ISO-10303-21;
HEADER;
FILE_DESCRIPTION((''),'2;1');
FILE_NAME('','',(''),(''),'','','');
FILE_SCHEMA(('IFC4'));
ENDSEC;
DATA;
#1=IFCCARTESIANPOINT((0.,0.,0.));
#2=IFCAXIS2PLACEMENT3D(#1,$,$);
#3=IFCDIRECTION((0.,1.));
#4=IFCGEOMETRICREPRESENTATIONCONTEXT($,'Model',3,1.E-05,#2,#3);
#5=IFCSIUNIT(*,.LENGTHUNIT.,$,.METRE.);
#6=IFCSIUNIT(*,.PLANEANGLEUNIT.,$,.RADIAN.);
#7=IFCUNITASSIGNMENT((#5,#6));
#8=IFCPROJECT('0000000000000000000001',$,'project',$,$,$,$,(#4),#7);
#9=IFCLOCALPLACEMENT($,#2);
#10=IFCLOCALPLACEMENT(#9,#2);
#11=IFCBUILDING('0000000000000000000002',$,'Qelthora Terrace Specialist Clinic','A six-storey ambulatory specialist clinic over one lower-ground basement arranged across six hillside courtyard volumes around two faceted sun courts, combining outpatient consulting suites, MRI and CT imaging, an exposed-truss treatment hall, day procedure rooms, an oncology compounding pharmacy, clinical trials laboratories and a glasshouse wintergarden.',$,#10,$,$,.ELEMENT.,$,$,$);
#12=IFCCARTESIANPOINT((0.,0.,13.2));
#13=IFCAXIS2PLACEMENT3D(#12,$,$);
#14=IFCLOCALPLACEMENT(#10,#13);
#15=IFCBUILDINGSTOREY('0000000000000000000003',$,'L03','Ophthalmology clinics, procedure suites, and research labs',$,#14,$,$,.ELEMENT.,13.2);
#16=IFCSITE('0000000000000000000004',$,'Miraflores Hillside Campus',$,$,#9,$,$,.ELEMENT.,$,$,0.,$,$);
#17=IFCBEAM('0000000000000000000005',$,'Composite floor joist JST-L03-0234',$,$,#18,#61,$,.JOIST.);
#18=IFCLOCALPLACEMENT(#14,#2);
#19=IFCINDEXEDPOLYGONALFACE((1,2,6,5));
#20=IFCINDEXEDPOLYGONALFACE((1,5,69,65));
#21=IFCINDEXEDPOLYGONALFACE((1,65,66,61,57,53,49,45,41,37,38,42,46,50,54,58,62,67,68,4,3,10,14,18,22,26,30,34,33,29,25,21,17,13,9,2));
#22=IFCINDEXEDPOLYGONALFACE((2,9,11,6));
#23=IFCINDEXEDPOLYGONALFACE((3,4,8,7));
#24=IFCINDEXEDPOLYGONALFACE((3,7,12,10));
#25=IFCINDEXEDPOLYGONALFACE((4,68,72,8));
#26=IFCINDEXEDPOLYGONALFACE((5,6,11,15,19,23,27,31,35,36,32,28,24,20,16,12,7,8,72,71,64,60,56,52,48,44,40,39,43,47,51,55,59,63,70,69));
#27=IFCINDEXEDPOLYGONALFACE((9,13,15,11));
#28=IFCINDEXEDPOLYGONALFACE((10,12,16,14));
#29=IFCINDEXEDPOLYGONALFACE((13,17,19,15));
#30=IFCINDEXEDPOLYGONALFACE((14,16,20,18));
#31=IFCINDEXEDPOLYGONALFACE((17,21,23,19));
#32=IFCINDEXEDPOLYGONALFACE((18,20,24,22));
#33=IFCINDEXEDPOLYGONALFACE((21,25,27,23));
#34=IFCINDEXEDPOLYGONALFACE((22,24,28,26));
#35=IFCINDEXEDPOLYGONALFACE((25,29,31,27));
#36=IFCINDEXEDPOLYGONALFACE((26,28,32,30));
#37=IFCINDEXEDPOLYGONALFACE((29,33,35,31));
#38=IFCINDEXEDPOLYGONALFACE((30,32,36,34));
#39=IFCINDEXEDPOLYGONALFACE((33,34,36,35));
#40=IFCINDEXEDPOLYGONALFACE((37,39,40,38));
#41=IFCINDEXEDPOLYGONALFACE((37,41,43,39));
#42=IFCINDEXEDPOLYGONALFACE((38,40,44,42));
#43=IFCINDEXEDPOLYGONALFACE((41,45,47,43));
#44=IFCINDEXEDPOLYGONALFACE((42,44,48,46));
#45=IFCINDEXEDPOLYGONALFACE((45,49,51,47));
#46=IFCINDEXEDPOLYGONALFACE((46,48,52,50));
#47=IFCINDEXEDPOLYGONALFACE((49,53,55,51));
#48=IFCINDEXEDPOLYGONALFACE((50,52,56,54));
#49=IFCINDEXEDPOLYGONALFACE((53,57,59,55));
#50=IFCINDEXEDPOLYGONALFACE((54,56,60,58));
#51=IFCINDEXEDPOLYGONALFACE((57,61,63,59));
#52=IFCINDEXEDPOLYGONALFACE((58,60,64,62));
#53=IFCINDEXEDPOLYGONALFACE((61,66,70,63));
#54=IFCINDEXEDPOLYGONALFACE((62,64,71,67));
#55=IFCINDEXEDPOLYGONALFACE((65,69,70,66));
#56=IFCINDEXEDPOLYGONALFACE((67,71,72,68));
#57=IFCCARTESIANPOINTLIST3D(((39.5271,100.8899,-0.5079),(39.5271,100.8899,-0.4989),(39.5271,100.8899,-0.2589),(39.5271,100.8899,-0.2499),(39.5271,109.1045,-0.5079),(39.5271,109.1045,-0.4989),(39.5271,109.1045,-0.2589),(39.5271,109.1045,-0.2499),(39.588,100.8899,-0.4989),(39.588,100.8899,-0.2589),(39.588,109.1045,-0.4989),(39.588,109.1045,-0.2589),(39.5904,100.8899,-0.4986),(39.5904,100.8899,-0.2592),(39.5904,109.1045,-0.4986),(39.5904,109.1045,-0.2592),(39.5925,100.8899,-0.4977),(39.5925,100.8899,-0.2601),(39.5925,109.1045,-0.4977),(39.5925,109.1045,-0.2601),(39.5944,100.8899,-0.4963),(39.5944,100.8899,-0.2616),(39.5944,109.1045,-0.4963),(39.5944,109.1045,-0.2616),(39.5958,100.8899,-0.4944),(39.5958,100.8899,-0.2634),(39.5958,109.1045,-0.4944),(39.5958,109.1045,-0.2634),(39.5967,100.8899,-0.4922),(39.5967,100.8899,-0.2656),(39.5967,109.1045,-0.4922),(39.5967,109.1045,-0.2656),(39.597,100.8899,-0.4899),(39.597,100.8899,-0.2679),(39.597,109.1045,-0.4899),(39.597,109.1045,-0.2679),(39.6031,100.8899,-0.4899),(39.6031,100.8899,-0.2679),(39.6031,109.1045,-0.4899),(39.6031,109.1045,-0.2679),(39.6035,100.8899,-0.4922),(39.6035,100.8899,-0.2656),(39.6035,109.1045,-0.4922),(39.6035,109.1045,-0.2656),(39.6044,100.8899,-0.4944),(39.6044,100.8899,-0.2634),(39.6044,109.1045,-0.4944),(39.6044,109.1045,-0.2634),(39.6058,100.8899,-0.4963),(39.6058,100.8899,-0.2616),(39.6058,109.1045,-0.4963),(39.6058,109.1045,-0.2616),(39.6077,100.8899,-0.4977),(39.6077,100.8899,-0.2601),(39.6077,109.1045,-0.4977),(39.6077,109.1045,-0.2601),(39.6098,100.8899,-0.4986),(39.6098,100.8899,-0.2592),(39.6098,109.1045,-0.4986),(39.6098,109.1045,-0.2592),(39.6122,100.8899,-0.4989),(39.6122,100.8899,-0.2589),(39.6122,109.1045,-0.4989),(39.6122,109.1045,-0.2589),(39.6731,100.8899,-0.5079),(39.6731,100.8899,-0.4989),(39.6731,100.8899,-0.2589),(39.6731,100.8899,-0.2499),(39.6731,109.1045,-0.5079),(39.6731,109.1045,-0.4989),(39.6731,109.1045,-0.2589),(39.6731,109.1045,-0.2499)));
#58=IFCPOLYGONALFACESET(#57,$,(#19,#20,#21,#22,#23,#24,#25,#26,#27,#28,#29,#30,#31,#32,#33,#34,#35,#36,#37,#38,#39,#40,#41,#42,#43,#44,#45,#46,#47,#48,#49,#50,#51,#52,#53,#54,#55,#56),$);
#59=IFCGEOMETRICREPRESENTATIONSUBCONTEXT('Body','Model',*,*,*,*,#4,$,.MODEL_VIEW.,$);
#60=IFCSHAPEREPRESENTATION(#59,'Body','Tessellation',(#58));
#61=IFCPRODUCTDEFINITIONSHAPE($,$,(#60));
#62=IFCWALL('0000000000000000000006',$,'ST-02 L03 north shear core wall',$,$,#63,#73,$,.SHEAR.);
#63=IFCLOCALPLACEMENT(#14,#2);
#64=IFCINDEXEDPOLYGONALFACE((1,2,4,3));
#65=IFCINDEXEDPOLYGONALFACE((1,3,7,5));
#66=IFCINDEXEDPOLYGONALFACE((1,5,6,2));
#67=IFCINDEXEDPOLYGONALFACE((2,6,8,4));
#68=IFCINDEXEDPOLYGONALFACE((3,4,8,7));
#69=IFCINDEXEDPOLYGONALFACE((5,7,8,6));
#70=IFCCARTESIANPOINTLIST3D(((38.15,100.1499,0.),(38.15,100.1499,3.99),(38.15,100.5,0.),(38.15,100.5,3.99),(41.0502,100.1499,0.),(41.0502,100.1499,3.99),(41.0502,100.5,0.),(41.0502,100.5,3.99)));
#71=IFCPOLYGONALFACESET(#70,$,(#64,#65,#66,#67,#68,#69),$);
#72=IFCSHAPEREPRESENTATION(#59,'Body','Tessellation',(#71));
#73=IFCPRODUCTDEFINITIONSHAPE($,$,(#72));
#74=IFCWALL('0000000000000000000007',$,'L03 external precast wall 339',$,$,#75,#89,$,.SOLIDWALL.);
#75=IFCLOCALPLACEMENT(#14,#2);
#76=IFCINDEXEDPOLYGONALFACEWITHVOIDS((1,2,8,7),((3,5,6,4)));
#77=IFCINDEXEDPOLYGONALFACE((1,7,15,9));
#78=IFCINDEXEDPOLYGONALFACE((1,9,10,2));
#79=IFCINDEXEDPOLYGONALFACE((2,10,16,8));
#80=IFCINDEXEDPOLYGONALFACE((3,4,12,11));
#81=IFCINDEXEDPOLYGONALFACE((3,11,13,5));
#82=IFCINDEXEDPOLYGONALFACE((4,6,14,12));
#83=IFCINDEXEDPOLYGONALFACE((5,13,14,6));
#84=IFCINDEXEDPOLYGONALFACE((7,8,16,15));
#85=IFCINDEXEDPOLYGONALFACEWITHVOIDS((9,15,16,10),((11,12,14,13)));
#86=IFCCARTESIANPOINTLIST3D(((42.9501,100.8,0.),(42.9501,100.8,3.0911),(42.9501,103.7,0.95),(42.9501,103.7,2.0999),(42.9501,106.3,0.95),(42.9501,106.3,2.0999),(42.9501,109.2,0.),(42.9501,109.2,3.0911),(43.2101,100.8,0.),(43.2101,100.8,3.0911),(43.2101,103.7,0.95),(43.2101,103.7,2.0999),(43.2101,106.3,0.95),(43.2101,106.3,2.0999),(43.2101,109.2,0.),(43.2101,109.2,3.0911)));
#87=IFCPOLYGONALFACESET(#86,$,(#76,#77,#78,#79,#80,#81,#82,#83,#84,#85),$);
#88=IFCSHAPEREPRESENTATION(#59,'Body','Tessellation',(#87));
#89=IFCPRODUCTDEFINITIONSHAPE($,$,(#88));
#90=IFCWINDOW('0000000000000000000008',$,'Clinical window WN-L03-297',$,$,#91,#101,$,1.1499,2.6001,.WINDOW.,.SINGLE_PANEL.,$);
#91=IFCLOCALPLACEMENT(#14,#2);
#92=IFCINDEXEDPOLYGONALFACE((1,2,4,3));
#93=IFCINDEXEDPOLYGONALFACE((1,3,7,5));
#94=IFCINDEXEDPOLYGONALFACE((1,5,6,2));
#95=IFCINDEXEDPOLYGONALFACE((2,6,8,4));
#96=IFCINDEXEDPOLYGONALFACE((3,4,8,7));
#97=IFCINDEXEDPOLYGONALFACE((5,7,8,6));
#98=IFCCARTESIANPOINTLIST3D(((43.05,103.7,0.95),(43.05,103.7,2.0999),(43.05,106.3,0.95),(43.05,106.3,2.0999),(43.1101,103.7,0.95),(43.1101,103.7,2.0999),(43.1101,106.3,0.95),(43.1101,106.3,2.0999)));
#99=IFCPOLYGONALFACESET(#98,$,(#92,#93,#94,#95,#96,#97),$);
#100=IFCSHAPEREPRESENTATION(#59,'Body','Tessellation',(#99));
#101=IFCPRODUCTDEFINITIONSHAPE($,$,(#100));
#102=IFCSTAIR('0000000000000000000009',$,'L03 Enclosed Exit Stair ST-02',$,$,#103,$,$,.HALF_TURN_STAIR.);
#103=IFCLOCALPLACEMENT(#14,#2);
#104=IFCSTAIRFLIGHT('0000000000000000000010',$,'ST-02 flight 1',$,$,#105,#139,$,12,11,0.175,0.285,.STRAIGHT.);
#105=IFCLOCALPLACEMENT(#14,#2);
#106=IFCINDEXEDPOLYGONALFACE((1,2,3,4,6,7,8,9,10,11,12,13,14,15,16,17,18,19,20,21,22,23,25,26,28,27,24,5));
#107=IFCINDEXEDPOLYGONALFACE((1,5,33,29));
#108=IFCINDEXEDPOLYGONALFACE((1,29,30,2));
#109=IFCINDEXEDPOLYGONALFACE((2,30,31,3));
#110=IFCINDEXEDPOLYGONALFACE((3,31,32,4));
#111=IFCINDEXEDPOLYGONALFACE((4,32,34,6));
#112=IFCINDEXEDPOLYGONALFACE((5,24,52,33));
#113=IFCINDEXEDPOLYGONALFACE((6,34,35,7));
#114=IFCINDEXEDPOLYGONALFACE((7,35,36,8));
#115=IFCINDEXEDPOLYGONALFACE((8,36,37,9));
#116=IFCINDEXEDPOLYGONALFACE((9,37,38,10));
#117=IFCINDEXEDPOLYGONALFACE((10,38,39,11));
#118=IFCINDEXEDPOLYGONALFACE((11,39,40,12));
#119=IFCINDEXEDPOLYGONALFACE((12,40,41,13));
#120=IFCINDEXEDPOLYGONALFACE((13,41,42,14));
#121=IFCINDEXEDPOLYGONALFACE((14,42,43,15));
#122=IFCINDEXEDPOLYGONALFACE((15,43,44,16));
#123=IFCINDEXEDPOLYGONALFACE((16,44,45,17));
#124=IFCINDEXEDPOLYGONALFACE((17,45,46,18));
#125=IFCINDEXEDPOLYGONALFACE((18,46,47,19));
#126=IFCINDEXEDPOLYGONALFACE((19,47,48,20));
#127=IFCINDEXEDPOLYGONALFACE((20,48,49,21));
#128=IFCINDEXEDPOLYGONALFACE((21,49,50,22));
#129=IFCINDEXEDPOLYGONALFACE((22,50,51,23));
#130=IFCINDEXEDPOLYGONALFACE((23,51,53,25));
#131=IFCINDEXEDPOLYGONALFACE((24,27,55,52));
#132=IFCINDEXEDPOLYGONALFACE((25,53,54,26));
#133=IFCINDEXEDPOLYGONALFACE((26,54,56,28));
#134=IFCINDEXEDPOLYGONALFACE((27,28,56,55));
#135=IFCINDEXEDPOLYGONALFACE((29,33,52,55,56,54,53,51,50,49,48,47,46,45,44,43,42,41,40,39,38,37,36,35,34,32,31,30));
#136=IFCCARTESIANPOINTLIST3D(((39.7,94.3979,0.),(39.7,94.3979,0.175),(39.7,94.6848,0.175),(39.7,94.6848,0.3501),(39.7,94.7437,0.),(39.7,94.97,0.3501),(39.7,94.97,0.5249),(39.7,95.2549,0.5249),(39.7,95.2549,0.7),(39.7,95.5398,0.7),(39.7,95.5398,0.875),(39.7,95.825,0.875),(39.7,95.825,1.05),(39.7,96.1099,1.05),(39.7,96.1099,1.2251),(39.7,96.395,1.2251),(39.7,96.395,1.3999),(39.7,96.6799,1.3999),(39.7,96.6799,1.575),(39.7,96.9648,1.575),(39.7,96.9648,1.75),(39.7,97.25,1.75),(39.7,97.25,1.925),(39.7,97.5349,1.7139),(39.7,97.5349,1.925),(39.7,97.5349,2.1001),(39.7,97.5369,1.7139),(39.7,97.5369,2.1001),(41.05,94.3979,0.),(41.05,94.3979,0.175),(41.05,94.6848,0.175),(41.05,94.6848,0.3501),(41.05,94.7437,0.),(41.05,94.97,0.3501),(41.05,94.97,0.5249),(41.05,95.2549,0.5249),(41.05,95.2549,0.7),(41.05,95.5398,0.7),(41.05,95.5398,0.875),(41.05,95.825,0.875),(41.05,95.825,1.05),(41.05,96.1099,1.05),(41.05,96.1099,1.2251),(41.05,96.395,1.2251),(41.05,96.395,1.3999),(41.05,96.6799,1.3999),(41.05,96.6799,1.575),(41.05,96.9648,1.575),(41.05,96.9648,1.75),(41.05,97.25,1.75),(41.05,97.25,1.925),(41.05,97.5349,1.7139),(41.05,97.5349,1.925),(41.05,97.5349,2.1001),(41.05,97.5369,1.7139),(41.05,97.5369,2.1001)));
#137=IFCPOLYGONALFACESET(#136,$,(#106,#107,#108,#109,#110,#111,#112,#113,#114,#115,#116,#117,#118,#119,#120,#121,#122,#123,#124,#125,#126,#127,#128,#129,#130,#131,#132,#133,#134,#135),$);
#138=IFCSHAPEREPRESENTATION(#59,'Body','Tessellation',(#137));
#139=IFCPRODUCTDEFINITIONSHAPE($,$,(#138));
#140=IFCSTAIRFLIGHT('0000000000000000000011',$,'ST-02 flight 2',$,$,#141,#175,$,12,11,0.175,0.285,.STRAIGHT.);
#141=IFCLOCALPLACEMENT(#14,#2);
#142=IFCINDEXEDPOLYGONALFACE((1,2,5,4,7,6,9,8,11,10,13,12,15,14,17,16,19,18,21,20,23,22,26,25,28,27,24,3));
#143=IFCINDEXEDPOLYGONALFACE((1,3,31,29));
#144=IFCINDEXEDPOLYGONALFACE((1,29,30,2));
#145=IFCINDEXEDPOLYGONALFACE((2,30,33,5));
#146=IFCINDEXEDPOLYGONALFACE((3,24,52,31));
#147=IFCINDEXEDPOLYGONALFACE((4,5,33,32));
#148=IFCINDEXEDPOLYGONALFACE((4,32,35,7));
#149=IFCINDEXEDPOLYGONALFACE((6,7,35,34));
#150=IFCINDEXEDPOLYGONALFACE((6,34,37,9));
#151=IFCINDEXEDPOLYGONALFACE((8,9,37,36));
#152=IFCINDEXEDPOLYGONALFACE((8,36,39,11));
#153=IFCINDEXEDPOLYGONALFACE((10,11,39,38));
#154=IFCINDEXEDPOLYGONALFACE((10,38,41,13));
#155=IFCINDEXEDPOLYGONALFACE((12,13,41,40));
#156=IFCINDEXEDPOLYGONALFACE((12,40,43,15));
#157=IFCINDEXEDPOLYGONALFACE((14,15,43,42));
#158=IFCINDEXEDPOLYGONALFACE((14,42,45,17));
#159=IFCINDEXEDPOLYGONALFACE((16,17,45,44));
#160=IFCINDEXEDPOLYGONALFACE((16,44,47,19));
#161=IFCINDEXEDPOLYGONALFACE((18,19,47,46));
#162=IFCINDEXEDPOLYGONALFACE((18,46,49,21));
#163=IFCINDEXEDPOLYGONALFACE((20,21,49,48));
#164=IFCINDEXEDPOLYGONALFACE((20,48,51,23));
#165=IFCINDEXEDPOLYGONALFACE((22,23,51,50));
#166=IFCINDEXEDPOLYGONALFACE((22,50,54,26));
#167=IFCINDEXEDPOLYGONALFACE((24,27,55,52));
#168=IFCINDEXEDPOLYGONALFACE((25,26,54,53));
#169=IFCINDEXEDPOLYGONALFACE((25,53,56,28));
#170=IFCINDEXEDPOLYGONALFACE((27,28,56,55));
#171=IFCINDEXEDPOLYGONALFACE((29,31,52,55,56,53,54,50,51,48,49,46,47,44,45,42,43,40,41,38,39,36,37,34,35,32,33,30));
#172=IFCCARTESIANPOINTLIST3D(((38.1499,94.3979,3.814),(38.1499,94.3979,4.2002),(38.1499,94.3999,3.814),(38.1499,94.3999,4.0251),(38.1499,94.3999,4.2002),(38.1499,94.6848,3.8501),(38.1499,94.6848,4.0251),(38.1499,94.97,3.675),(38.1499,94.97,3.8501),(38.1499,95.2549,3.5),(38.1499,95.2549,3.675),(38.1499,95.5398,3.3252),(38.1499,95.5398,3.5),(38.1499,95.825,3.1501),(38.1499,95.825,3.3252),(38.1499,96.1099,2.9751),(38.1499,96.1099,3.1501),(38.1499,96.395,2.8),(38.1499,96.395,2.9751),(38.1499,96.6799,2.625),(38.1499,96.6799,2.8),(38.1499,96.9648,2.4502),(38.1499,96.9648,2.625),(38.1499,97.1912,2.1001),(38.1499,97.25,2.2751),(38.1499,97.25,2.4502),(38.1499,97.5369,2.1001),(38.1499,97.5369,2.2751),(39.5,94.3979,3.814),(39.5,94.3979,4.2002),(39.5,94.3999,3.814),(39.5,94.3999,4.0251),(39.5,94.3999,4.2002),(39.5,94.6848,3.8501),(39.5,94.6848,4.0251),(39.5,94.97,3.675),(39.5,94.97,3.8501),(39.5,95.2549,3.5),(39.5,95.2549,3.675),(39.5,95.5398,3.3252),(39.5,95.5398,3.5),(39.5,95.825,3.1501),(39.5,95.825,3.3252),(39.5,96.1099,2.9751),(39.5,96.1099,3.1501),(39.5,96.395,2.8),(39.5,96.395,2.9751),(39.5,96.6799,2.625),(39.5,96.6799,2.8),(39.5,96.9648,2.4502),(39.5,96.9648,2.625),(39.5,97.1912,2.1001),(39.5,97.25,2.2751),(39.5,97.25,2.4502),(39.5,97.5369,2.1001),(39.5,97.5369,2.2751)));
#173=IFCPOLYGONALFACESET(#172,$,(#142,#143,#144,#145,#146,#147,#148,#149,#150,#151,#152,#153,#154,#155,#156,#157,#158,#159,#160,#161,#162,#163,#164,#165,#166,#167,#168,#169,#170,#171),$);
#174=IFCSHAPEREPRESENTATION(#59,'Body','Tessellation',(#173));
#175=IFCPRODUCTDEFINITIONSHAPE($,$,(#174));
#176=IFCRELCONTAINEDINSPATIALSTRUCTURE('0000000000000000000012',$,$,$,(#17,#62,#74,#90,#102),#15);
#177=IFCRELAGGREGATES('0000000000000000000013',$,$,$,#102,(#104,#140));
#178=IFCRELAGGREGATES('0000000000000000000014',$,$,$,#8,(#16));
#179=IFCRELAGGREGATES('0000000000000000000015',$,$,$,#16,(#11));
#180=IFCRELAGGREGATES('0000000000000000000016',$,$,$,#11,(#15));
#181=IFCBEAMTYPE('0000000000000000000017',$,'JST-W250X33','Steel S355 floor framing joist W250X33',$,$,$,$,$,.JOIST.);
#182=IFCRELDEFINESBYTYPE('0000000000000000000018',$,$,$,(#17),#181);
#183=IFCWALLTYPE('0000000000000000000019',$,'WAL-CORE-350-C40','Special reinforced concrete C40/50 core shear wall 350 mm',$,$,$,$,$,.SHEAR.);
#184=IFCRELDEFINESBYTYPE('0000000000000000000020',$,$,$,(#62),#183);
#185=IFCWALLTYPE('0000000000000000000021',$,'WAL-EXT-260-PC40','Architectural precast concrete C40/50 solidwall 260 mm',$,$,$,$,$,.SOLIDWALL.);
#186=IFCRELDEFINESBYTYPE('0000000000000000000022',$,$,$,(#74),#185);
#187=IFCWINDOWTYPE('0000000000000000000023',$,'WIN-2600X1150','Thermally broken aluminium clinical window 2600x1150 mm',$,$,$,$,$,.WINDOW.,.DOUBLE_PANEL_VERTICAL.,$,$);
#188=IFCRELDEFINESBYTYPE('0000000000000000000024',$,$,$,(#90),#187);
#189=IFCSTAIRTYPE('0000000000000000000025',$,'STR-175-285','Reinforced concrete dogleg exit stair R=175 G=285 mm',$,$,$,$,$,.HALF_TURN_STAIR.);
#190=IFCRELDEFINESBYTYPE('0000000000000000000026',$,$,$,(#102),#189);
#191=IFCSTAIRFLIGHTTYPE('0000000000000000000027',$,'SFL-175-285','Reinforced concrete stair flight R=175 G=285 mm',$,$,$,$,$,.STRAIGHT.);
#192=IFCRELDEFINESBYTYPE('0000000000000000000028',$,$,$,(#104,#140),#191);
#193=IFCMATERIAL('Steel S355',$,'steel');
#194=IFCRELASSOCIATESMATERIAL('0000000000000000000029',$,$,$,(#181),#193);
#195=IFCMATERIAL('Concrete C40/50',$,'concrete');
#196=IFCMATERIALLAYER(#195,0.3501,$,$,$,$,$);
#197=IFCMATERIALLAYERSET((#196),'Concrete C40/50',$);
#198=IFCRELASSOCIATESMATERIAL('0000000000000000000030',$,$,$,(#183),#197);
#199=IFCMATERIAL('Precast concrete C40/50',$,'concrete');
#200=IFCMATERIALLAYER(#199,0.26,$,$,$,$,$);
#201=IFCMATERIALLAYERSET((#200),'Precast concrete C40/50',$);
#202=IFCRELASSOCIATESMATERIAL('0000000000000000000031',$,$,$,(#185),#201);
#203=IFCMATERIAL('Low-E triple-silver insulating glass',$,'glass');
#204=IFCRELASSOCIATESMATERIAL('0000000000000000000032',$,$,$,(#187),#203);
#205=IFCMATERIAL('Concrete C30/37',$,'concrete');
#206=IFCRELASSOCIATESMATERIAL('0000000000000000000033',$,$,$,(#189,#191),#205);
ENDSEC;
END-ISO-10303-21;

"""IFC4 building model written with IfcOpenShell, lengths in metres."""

from ifc_helpers import new_model, si_unit, direction, frame, frame_2d, origin, origin_2d, place, context, subcontext, project, spatial, polyline, rectangle, i_section, outline, extrude, material, layer, layer_set, material_profile, profile_set, type_object, element, fill, aggregate, save


model = new_model("IFC4")

# Units and contexts
model_context = context("Model", 3, precision=1e-05, world=origin(), true_north=direction((0.0, 1.0)))
body_context = subcontext(model_context, "Body", "Model", "MODEL_VIEW")
ifc_project = project(units=[si_unit("LENGTHUNIT", "METRE"), si_unit("PLANEANGLEUNIT", "RADIAN")], contexts=[model_context])

# Site, building, storey
site_placement = place(None, origin())
site = spatial("IfcSite", under=ifc_project, at=site_placement, Name="Miraflores Hillside Campus", CompositionType="ELEMENT", RefElevation=0.0)
building_placement = place(site_placement, origin())
building = spatial("IfcBuilding", under=site, at=building_placement, Name="Qelthora Terrace Specialist Clinic", Description="A six-storey ambulatory specialist clinic over one lower-ground basement arranged across six hillside courtyard volumes around two faceted sun courts, combining outpatient consulting suites, MRI and CT imaging, an exposed-truss treatment hall, day procedure rooms, an oncology compounding pharmacy, clinical trials laboratories and a glasshouse wintergarden.", CompositionType="ELEMENT")
storey_placement = place(building_placement, frame((0.0, 0.0, 13.2)))
storey = spatial("IfcBuildingStorey", under=building, at=storey_placement, Name="L03", Description="Ophthalmology clinics, procedure suites, and research labs", CompositionType="ELEMENT", Elevation=13.2)

# Shared definitions
ifc_material_1 = material(Name="Steel S355", Category="steel")

# Beam
ifc_material_profile_1 = material_profile(ifc_material_1, i_section(OverallWidth=0.146, OverallDepth=0.2581, WebThickness=0.0061, FlangeThickness=0.009, FilletRadius=0.009, at=origin_2d()), Name="W250X33")
ifc_profile_set_1 = profile_set([ifc_material_profile_1], Name="Steel S355")
beam_type_1 = type_object("IfcBeamType", Name="JST-W250X33", Description="Steel S355 floor framing joist W250X33", PredefinedType="JOIST", material=ifc_profile_set_1)
beam_1_placement = place(storey_placement, frame((39.6001, 100.8899, -0.3789), z_axis=(0.0, 1.0, 0.0), x_axis=(-1.0, 0.0, 0.0)))
element("IfcBeam", 1, at=beam_1_placement, inside=storey, type_object=beam_type_1, Name="Composite floor joist JST-L03-0234", PredefinedType="JOIST", context=body_context, shape_type="SweptSolid", body=[
    extrude(i_section(OverallWidth=0.146, OverallDepth=0.2581, WebThickness=0.0061, FlangeThickness=0.009, FilletRadius=0.009, at=origin_2d()), origin(), (0.0, 0.0, 1.0), 8.2146),
])

# Wall
ifc_material_2 = material(Name="Concrete C40/50", Category="concrete")
ifc_layer_1 = layer(ifc_material_2, 0.3501)
ifc_layer_set_1 = layer_set([ifc_layer_1], Name="Concrete C40/50")
wall_type_1 = type_object("IfcWallType", Name="WAL-CORE-350-C40", Description="Special reinforced concrete C40/50 core shear wall 350 mm", PredefinedType="SHEAR", material=ifc_layer_set_1)
wall_1_placement = place(storey_placement, frame((38.1499, 100.325, 0.0), z_axis=(0.0, 0.0, 1.0), x_axis=(1.0, 0.0, 0.0)))
element("IfcWall", 2, at=wall_1_placement, inside=storey, type_object=wall_type_1, Name="ST-02 L03 north shear core wall", PredefinedType="SHEAR", context=body_context, shape_type="SweptSolid", body=[
    extrude(rectangle(XDim=2.9001, YDim=0.3501, at=frame_2d((1.4502, 0.0))), origin(), (0.0, 0.0, 1.0), 3.99),
])

# Wall, opening, window
ifc_material_3 = material(Name="Precast concrete C40/50", Category="concrete")
ifc_layer_2 = layer(ifc_material_3, 0.26)
ifc_layer_set_2 = layer_set([ifc_layer_2], Name="Precast concrete C40/50")
wall_type_2 = type_object("IfcWallType", Name="WAL-EXT-260-PC40", Description="Architectural precast concrete C40/50 solidwall 260 mm", PredefinedType="SOLIDWALL", material=ifc_layer_set_2)
wall_2_placement = place(storey_placement, frame((43.0801, 100.8, 0.0), z_axis=(0.0, 0.0, 1.0), x_axis=(0.0, 1.0, 0.0)))
wall_2 = element("IfcWall", 3, at=wall_2_placement, inside=storey, type_object=wall_type_2, Name="L03 external precast wall 339", PredefinedType="SOLIDWALL", context=body_context, shape_type="SweptSolid", body=[
    extrude(rectangle(XDim=8.3999, YDim=0.26, at=frame_2d((4.2, 0.0))), origin(), (0.0, 0.0, 1.0), 3.0911),
])
opening_placement = place(wall_2_placement, frame((2.8999, 0.0, 0.95)))
opening = element("IfcOpeningElement", 4, at=opening_placement, cuts=wall_2, PredefinedType="OPENING", context=body_context, shape_type="SweptSolid", body=[
    extrude(rectangle(XDim=2.6001, YDim=1.1499, at=frame_2d((1.3, 0.575))), frame((0.0, 0.1399, 0.0), z_axis=(0.0, -1.0, 0.0), x_axis=(1.0, 0.0, 0.0)), (0.0, 0.0, 1.0), 0.28),
])
ifc_material_4 = material(Name="Low-E triple-silver insulating glass", Category="glass")
window_type = type_object("IfcWindowType", Name="WIN-2600X1150", Description="Thermally broken aluminium clinical window 2600x1150 mm", PartitioningType="DOUBLE_PANEL_VERTICAL", PredefinedType="WINDOW", material=ifc_material_4)
window_placement = place(opening_placement, origin())
window = element("IfcWindow", 5, at=window_placement, inside=storey, type_object=window_type, Name="Clinical window WN-L03-297", OverallHeight=1.1499, OverallWidth=2.6001, PartitioningType="SINGLE_PANEL", PredefinedType="WINDOW", context=body_context, shape_type="SweptSolid", body=[
    extrude(rectangle(XDim=2.6001, YDim=1.1499, at=frame_2d((1.3, 0.575))), frame((0.0, 0.03, 0.0), z_axis=(0.0, -1.0, 0.0), x_axis=(1.0, 0.0, 0.0)), (0.0, 0.0, 1.0), 0.0601),
])
fill(opening, window)

# Stair, stair flights
ifc_material_5 = material(Name="Concrete C30/37", Category="concrete")
stair_type = type_object("IfcStairType", Name="STR-175-285", Description="Reinforced concrete dogleg exit stair R=175 G=285 mm", PredefinedType="HALF_TURN_STAIR", material=ifc_material_5)
stair_placement = place(storey_placement, origin())
stair = element("IfcStair", 6, at=stair_placement, inside=storey, type_object=stair_type, Name="L03 Enclosed Exit Stair ST-02", PredefinedType="HALF_TURN_STAIR")
stair_flight_type = type_object("IfcStairFlightType", Name="SFL-175-285", Description="Reinforced concrete stair flight R=175 G=285 mm", PredefinedType="STRAIGHT", material=ifc_material_5)
stair_flight_1_placement = place(storey_placement, frame((40.375, 94.3999, 0.0), z_axis=(0.0, 0.0, 1.0), x_axis=(0.0, 1.0, 0.0)))
stair_flight_1 = element("IfcStairFlight", 7, at=stair_flight_1_placement, type_object=stair_flight_type, Name="ST-02 flight 1", NumberOfRisers=12, NumberOfTreads=11, PredefinedType="STRAIGHT", RiserHeight=0.175, TreadLength=0.285, context=body_context, shape_type="SweptSolid", body=[
    extrude(outline(polyline([(-0.002, 0.0), (-0.002, 0.175), (0.2849, 0.175), (0.2849, 0.3501), (0.5701, 0.3501), (0.5701, 0.5249), (0.855, 0.5249), (0.855, 0.7), (1.1399, 0.7), (1.1399, 0.875), (1.425, 0.875), (1.425, 1.05), (1.71, 1.05), (1.71, 1.2251), (1.9951, 1.2251), (1.9951, 1.3999), (2.28, 1.3999), (2.28, 1.575), (2.5649, 1.575), (2.5649, 1.75), (2.8501, 1.75), (2.8501, 1.925), (3.135, 1.925), (3.135, 2.1001), (3.137, 2.1001), (3.137, 1.7139), (3.135, 1.7139), (0.3438, 0.0), (-0.002, 0.0)])), frame((0.0, 0.675, 0.0), z_axis=(0.0, -1.0, 0.0), x_axis=(1.0, 0.0, 0.0)), (0.0, 0.0, 1.0), 1.3501),
])
stair_flight_2_placement = place(storey_placement, frame((38.825, 97.5349, 2.1001), z_axis=(0.0, 0.0, 1.0), x_axis=(0.0, -1.0, 0.0)))
stair_flight_2 = element("IfcStairFlight", 8, at=stair_flight_2_placement, type_object=stair_flight_type, Name="ST-02 flight 2", NumberOfRisers=12, NumberOfTreads=11, PredefinedType="STRAIGHT", RiserHeight=0.175, TreadLength=0.285, context=body_context, shape_type="SweptSolid", body=[
    extrude(outline(polyline([(-0.002, 0.0), (-0.002, 0.175), (0.2849, 0.175), (0.2849, 0.3501), (0.5701, 0.3501), (0.5701, 0.5249), (0.855, 0.5249), (0.855, 0.7), (1.1399, 0.7), (1.1399, 0.875), (1.425, 0.875), (1.425, 1.05), (1.71, 1.05), (1.71, 1.2251), (1.9951, 1.2251), (1.9951, 1.3999), (2.28, 1.3999), (2.28, 1.575), (2.5649, 1.575), (2.5649, 1.75), (2.8501, 1.75), (2.8501, 1.925), (3.135, 1.925), (3.135, 2.1001), (3.137, 2.1001), (3.137, 1.7139), (3.135, 1.7139), (0.3438, 0.0), (-0.002, 0.0)])), frame((0.0, 0.675, 0.0), z_axis=(0.0, -1.0, 0.0), x_axis=(1.0, 0.0, 0.0)), (0.0, 0.0, 1.0), 1.3501),
])
aggregate(stair, [stair_flight_1, stair_flight_2])

save(model, "model.ifc")
